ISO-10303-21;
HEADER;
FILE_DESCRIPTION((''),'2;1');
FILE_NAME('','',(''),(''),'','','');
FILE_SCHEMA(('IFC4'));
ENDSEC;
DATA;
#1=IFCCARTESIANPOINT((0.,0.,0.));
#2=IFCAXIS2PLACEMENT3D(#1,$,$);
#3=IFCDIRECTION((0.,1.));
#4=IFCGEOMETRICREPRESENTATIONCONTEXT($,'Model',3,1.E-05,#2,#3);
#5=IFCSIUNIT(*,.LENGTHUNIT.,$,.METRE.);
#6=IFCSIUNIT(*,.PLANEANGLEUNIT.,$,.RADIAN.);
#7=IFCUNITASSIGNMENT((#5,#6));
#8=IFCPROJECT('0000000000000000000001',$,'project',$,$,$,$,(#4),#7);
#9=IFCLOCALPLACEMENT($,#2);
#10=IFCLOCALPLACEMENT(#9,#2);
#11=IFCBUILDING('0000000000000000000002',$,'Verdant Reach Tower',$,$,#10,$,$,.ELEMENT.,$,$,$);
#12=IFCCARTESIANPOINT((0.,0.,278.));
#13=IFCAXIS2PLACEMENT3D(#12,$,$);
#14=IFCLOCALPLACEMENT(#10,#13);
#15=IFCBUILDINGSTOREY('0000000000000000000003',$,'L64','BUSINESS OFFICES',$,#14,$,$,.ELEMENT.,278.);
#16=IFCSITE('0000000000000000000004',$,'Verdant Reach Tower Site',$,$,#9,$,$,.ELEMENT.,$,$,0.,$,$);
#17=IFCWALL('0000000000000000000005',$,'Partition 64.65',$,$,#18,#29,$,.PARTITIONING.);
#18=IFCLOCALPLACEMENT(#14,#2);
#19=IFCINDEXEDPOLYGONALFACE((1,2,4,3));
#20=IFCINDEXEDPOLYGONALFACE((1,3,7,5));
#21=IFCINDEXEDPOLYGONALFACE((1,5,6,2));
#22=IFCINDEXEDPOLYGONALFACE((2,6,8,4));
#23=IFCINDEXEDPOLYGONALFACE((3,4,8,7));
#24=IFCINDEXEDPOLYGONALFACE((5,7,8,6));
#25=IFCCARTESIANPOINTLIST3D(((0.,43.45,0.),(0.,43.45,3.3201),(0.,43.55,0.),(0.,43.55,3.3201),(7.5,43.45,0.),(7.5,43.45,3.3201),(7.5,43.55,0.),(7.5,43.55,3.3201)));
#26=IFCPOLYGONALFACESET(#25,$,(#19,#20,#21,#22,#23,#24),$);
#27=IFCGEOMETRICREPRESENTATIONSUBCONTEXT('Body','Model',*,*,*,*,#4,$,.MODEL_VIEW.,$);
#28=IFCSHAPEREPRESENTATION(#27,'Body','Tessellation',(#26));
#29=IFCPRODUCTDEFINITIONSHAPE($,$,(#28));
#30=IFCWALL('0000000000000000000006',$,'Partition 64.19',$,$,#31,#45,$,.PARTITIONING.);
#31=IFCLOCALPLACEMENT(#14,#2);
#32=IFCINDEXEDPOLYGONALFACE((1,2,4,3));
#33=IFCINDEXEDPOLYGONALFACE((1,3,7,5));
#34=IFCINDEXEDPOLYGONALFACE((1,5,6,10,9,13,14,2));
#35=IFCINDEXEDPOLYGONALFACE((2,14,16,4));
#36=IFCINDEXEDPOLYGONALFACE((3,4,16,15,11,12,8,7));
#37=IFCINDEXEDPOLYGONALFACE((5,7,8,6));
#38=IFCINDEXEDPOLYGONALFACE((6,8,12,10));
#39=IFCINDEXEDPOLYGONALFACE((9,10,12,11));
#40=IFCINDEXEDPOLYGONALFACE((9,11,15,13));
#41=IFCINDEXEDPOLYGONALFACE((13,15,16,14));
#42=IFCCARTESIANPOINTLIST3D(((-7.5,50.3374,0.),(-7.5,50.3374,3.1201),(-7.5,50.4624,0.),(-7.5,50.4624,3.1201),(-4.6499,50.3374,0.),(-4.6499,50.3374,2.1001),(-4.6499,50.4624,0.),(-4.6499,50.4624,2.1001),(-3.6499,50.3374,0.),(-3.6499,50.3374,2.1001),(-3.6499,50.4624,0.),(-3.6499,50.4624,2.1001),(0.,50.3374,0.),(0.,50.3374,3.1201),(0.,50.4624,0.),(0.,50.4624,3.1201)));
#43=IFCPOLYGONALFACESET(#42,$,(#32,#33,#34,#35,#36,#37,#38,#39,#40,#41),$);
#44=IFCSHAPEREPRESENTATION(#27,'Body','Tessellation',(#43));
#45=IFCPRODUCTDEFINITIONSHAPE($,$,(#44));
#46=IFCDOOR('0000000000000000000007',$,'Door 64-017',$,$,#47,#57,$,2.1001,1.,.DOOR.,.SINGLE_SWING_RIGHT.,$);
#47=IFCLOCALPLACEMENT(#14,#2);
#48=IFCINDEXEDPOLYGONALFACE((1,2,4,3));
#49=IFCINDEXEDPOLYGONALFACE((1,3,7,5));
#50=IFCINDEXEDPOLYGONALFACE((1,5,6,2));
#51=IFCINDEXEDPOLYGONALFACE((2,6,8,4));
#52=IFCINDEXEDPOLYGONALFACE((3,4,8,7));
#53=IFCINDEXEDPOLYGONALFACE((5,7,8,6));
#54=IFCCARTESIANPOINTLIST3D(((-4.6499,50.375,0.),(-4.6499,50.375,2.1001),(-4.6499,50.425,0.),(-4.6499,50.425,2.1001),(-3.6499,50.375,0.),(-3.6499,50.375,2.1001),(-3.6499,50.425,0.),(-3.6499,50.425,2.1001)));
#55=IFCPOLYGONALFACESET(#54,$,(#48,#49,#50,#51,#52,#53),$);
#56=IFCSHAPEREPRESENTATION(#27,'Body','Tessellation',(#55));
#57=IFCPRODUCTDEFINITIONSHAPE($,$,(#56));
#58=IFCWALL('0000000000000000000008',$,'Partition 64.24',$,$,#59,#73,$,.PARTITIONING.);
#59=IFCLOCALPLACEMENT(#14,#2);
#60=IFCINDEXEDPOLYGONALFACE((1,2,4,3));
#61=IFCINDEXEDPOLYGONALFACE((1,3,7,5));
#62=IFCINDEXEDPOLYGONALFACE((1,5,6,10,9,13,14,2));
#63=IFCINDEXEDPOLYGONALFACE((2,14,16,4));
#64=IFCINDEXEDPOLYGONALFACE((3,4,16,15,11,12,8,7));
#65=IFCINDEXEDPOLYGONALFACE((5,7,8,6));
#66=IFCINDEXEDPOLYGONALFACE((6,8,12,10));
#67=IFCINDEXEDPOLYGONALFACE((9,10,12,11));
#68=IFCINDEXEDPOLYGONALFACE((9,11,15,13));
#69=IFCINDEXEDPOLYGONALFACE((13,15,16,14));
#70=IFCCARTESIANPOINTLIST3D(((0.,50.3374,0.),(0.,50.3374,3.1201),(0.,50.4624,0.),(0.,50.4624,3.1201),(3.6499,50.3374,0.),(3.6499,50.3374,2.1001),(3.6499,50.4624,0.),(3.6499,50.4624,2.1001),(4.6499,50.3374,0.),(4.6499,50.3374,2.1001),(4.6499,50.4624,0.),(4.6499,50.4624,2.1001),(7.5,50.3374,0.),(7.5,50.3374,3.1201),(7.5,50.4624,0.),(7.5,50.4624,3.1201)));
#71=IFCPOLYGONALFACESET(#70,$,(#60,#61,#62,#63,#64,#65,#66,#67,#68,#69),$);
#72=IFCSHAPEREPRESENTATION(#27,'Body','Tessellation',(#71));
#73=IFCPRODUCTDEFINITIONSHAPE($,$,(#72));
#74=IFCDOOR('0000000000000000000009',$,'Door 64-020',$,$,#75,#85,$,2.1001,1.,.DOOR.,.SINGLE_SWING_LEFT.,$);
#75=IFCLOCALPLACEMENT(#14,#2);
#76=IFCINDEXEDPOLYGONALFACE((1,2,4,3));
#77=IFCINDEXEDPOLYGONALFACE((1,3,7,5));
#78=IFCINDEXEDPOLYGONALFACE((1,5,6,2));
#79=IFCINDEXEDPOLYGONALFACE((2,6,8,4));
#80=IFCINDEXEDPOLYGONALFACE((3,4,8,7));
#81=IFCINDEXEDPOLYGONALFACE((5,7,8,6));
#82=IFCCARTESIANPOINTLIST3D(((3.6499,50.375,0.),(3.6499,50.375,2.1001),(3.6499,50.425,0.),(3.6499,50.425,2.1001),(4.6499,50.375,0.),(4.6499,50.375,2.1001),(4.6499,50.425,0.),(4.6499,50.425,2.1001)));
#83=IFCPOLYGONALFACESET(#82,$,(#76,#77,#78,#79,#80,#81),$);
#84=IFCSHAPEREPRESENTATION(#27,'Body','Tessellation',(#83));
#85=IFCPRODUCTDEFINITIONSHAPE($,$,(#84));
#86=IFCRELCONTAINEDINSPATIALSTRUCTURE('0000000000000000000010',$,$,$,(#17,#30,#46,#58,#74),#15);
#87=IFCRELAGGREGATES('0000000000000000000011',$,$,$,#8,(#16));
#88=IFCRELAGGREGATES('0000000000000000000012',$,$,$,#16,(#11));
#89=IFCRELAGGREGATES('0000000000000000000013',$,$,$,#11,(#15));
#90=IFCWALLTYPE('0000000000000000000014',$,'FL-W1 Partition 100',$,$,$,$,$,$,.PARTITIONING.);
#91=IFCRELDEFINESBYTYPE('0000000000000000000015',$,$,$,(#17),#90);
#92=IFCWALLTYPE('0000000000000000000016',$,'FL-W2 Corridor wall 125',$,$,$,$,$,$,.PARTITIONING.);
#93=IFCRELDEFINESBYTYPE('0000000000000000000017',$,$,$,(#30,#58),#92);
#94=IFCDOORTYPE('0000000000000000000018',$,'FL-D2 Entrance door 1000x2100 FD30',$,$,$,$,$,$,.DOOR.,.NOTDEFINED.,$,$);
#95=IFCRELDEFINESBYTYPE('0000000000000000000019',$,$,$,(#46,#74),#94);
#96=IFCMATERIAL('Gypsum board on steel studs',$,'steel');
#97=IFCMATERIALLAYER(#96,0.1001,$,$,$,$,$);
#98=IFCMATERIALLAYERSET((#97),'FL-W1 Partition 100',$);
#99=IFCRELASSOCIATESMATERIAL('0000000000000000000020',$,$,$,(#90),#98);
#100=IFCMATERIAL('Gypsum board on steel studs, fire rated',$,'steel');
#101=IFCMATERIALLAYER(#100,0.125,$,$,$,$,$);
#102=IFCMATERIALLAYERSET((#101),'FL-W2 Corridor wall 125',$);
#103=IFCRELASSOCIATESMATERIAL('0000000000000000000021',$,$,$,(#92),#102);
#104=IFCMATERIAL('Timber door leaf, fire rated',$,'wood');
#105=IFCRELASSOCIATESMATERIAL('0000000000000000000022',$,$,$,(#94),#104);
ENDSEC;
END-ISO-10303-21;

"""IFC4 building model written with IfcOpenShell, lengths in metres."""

from ifc_helpers import new_model, si_unit, direction, frame, frame_2d, origin, place, context, subcontext, project, spatial, rectangle, extrude, material, layer, layer_set, type_object, element, fill, save


model = new_model("IFC4")

# Units and contexts
model_context = context("Model", 3, precision=1e-05, world=origin(), true_north=direction((0.0, 1.0)))
body_context = subcontext(model_context, "Body", "Model", "MODEL_VIEW")
ifc_project = project(units=[si_unit("LENGTHUNIT", "METRE"), si_unit("PLANEANGLEUNIT", "RADIAN")], contexts=[model_context])

# Site, building, storey
site_placement = place(None, origin())
site = spatial("IfcSite", under=ifc_project, at=site_placement, Name="Verdant Reach Tower Site", CompositionType="ELEMENT", RefElevation=0.0)
building_placement = place(site_placement, origin())
building = spatial("IfcBuilding", under=site, at=building_placement, Name="Verdant Reach Tower", CompositionType="ELEMENT")
storey_placement = place(building_placement, frame((0.0, 0.0, 278.0)))
storey = spatial("IfcBuildingStorey", under=building, at=storey_placement, Name="L64", Description="BUSINESS OFFICES", CompositionType="ELEMENT", Elevation=278.0)

# Shared definitions
ifc_material_1 = material(Name="Gypsum board on steel studs", Category="steel")
ifc_layer_1 = layer(ifc_material_1, 0.1001)
ifc_layer_set_1 = layer_set([ifc_layer_1], Name="FL-W1 Partition 100")
wall_type_1 = type_object("IfcWallType", Name="FL-W1 Partition 100", PredefinedType="PARTITIONING", material=ifc_layer_set_1)

# Wall
for number, where, z_axis, x_axis, name in (
    (1, (7.5, 43.5, 0.0), (0.0, 0.0, 1.0), (-1.0, 0.0, 0.0), "Partition 64.65"),
):
    element("IfcWall", number, at=place(storey_placement, frame(where, z_axis=z_axis, x_axis=x_axis)), inside=storey, type_object=wall_type_1, Name=name, PredefinedType="PARTITIONING", context=body_context, shape_type="SweptSolid", body=[
        extrude(rectangle(XDim=7.5, YDim=0.1001, at=frame_2d((3.75, 0.0))), origin(), (0.0, 0.0, 1.0), 3.3201),
    ])

# Walls, openings, doors
ifc_material_2 = material(Name="Gypsum board on steel studs, fire rated", Category="steel")
ifc_layer_2 = layer(ifc_material_2, 0.125)
ifc_layer_set_2 = layer_set([ifc_layer_2], Name="FL-W2 Corridor wall 125")
wall_type_2 = type_object("IfcWallType", Name="FL-W2 Corridor wall 125", PredefinedType="PARTITIONING", material=ifc_layer_set_2)
wall_1_placement = place(storey_placement, frame((0.0, 50.3999, 0.0), z_axis=(0.0, 0.0, 1.0), x_axis=(-1.0, 0.0, 0.0)))
wall_1 = element("IfcWall", 2, at=wall_1_placement, inside=storey, type_object=wall_type_2, Name="Partition 64.19", PredefinedType="PARTITIONING", context=body_context, shape_type="SweptSolid", body=[
    extrude(rectangle(XDim=7.5, YDim=0.125, at=frame_2d((3.75, 0.0))), origin(), (0.0, 0.0, 1.0), 3.1201),
])
opening_1_placement = place(wall_1_placement, frame((3.6499, 0.0, 0.0)))
opening_1 = element("IfcOpeningElement", 3, at=opening_1_placement, cuts=wall_1, PredefinedType="OPENING", context=body_context, shape_type="SweptSolid", body=[
    extrude(rectangle(XDim=1.0, YDim=2.1001, at=frame_2d((0.5, 1.05))), frame((0.0, 0.0725, 0.0), z_axis=(0.0, -1.0, 0.0), x_axis=(1.0, 0.0, 0.0)), (0.0, 0.0, 1.0), 0.145),
])
ifc_material_3 = material(Name="Timber door leaf, fire rated", Category="wood")
door_type_1 = type_object("IfcDoorType", Name="FL-D2 Entrance door 1000x2100 FD30", OperationType="NOTDEFINED", PredefinedType="DOOR", material=ifc_material_3)
door_1_placement = place(opening_1_placement, origin())
door_1 = element("IfcDoor", 4, at=door_1_placement, inside=storey, type_object=door_type_1, Name="Door 64-017", OperationType="SINGLE_SWING_RIGHT", OverallHeight=2.1001, OverallWidth=1.0, PredefinedType="DOOR", context=body_context, shape_type="SweptSolid", body=[
    extrude(rectangle(XDim=1.0, YDim=2.1001, at=frame_2d((0.5, 1.05))), frame((0.0, 0.0249, 0.0), z_axis=(0.0, -1.0, 0.0), x_axis=(1.0, 0.0, 0.0)), (0.0, 0.0, 1.0), 0.05),
])
fill(opening_1, door_1)
wall_2_placement = place(storey_placement, frame((7.5, 50.3999, 0.0), z_axis=(0.0, 0.0, 1.0), x_axis=(-1.0, 0.0, 0.0)))
wall_2 = element("IfcWall", 5, at=wall_2_placement, inside=storey, type_object=wall_type_2, Name="Partition 64.24", PredefinedType="PARTITIONING", context=body_context, shape_type="SweptSolid", body=[
    extrude(rectangle(XDim=7.5, YDim=0.125, at=frame_2d((3.75, 0.0))), origin(), (0.0, 0.0, 1.0), 3.1201),
])
opening_2_placement = place(wall_2_placement, frame((2.8501, 0.0, 0.0)))
opening_2 = element("IfcOpeningElement", 6, at=opening_2_placement, cuts=wall_2, PredefinedType="OPENING", context=body_context, shape_type="SweptSolid", body=[
    extrude(rectangle(XDim=1.0, YDim=2.1001, at=frame_2d((0.5, 1.05))), frame((0.0, 0.0725, 0.0), z_axis=(0.0, -1.0, 0.0), x_axis=(1.0, 0.0, 0.0)), (0.0, 0.0, 1.0), 0.145),
])
door_2_placement = place(opening_2_placement, origin())
door_2 = element("IfcDoor", 7, at=door_2_placement, inside=storey, type_object=door_type_1, Name="Door 64-020", OperationType="SINGLE_SWING_LEFT", OverallHeight=2.1001, OverallWidth=1.0, PredefinedType="DOOR", context=body_context, shape_type="SweptSolid", body=[
    extrude(rectangle(XDim=1.0, YDim=2.1001, at=frame_2d((0.5, 1.05))), frame((0.0, 0.0249, 0.0), z_axis=(0.0, -1.0, 0.0), x_axis=(1.0, 0.0, 0.0)), (0.0, 0.0, 1.0), 0.05),
])
fill(opening_2, door_2)

save(model, "model.ifc")
